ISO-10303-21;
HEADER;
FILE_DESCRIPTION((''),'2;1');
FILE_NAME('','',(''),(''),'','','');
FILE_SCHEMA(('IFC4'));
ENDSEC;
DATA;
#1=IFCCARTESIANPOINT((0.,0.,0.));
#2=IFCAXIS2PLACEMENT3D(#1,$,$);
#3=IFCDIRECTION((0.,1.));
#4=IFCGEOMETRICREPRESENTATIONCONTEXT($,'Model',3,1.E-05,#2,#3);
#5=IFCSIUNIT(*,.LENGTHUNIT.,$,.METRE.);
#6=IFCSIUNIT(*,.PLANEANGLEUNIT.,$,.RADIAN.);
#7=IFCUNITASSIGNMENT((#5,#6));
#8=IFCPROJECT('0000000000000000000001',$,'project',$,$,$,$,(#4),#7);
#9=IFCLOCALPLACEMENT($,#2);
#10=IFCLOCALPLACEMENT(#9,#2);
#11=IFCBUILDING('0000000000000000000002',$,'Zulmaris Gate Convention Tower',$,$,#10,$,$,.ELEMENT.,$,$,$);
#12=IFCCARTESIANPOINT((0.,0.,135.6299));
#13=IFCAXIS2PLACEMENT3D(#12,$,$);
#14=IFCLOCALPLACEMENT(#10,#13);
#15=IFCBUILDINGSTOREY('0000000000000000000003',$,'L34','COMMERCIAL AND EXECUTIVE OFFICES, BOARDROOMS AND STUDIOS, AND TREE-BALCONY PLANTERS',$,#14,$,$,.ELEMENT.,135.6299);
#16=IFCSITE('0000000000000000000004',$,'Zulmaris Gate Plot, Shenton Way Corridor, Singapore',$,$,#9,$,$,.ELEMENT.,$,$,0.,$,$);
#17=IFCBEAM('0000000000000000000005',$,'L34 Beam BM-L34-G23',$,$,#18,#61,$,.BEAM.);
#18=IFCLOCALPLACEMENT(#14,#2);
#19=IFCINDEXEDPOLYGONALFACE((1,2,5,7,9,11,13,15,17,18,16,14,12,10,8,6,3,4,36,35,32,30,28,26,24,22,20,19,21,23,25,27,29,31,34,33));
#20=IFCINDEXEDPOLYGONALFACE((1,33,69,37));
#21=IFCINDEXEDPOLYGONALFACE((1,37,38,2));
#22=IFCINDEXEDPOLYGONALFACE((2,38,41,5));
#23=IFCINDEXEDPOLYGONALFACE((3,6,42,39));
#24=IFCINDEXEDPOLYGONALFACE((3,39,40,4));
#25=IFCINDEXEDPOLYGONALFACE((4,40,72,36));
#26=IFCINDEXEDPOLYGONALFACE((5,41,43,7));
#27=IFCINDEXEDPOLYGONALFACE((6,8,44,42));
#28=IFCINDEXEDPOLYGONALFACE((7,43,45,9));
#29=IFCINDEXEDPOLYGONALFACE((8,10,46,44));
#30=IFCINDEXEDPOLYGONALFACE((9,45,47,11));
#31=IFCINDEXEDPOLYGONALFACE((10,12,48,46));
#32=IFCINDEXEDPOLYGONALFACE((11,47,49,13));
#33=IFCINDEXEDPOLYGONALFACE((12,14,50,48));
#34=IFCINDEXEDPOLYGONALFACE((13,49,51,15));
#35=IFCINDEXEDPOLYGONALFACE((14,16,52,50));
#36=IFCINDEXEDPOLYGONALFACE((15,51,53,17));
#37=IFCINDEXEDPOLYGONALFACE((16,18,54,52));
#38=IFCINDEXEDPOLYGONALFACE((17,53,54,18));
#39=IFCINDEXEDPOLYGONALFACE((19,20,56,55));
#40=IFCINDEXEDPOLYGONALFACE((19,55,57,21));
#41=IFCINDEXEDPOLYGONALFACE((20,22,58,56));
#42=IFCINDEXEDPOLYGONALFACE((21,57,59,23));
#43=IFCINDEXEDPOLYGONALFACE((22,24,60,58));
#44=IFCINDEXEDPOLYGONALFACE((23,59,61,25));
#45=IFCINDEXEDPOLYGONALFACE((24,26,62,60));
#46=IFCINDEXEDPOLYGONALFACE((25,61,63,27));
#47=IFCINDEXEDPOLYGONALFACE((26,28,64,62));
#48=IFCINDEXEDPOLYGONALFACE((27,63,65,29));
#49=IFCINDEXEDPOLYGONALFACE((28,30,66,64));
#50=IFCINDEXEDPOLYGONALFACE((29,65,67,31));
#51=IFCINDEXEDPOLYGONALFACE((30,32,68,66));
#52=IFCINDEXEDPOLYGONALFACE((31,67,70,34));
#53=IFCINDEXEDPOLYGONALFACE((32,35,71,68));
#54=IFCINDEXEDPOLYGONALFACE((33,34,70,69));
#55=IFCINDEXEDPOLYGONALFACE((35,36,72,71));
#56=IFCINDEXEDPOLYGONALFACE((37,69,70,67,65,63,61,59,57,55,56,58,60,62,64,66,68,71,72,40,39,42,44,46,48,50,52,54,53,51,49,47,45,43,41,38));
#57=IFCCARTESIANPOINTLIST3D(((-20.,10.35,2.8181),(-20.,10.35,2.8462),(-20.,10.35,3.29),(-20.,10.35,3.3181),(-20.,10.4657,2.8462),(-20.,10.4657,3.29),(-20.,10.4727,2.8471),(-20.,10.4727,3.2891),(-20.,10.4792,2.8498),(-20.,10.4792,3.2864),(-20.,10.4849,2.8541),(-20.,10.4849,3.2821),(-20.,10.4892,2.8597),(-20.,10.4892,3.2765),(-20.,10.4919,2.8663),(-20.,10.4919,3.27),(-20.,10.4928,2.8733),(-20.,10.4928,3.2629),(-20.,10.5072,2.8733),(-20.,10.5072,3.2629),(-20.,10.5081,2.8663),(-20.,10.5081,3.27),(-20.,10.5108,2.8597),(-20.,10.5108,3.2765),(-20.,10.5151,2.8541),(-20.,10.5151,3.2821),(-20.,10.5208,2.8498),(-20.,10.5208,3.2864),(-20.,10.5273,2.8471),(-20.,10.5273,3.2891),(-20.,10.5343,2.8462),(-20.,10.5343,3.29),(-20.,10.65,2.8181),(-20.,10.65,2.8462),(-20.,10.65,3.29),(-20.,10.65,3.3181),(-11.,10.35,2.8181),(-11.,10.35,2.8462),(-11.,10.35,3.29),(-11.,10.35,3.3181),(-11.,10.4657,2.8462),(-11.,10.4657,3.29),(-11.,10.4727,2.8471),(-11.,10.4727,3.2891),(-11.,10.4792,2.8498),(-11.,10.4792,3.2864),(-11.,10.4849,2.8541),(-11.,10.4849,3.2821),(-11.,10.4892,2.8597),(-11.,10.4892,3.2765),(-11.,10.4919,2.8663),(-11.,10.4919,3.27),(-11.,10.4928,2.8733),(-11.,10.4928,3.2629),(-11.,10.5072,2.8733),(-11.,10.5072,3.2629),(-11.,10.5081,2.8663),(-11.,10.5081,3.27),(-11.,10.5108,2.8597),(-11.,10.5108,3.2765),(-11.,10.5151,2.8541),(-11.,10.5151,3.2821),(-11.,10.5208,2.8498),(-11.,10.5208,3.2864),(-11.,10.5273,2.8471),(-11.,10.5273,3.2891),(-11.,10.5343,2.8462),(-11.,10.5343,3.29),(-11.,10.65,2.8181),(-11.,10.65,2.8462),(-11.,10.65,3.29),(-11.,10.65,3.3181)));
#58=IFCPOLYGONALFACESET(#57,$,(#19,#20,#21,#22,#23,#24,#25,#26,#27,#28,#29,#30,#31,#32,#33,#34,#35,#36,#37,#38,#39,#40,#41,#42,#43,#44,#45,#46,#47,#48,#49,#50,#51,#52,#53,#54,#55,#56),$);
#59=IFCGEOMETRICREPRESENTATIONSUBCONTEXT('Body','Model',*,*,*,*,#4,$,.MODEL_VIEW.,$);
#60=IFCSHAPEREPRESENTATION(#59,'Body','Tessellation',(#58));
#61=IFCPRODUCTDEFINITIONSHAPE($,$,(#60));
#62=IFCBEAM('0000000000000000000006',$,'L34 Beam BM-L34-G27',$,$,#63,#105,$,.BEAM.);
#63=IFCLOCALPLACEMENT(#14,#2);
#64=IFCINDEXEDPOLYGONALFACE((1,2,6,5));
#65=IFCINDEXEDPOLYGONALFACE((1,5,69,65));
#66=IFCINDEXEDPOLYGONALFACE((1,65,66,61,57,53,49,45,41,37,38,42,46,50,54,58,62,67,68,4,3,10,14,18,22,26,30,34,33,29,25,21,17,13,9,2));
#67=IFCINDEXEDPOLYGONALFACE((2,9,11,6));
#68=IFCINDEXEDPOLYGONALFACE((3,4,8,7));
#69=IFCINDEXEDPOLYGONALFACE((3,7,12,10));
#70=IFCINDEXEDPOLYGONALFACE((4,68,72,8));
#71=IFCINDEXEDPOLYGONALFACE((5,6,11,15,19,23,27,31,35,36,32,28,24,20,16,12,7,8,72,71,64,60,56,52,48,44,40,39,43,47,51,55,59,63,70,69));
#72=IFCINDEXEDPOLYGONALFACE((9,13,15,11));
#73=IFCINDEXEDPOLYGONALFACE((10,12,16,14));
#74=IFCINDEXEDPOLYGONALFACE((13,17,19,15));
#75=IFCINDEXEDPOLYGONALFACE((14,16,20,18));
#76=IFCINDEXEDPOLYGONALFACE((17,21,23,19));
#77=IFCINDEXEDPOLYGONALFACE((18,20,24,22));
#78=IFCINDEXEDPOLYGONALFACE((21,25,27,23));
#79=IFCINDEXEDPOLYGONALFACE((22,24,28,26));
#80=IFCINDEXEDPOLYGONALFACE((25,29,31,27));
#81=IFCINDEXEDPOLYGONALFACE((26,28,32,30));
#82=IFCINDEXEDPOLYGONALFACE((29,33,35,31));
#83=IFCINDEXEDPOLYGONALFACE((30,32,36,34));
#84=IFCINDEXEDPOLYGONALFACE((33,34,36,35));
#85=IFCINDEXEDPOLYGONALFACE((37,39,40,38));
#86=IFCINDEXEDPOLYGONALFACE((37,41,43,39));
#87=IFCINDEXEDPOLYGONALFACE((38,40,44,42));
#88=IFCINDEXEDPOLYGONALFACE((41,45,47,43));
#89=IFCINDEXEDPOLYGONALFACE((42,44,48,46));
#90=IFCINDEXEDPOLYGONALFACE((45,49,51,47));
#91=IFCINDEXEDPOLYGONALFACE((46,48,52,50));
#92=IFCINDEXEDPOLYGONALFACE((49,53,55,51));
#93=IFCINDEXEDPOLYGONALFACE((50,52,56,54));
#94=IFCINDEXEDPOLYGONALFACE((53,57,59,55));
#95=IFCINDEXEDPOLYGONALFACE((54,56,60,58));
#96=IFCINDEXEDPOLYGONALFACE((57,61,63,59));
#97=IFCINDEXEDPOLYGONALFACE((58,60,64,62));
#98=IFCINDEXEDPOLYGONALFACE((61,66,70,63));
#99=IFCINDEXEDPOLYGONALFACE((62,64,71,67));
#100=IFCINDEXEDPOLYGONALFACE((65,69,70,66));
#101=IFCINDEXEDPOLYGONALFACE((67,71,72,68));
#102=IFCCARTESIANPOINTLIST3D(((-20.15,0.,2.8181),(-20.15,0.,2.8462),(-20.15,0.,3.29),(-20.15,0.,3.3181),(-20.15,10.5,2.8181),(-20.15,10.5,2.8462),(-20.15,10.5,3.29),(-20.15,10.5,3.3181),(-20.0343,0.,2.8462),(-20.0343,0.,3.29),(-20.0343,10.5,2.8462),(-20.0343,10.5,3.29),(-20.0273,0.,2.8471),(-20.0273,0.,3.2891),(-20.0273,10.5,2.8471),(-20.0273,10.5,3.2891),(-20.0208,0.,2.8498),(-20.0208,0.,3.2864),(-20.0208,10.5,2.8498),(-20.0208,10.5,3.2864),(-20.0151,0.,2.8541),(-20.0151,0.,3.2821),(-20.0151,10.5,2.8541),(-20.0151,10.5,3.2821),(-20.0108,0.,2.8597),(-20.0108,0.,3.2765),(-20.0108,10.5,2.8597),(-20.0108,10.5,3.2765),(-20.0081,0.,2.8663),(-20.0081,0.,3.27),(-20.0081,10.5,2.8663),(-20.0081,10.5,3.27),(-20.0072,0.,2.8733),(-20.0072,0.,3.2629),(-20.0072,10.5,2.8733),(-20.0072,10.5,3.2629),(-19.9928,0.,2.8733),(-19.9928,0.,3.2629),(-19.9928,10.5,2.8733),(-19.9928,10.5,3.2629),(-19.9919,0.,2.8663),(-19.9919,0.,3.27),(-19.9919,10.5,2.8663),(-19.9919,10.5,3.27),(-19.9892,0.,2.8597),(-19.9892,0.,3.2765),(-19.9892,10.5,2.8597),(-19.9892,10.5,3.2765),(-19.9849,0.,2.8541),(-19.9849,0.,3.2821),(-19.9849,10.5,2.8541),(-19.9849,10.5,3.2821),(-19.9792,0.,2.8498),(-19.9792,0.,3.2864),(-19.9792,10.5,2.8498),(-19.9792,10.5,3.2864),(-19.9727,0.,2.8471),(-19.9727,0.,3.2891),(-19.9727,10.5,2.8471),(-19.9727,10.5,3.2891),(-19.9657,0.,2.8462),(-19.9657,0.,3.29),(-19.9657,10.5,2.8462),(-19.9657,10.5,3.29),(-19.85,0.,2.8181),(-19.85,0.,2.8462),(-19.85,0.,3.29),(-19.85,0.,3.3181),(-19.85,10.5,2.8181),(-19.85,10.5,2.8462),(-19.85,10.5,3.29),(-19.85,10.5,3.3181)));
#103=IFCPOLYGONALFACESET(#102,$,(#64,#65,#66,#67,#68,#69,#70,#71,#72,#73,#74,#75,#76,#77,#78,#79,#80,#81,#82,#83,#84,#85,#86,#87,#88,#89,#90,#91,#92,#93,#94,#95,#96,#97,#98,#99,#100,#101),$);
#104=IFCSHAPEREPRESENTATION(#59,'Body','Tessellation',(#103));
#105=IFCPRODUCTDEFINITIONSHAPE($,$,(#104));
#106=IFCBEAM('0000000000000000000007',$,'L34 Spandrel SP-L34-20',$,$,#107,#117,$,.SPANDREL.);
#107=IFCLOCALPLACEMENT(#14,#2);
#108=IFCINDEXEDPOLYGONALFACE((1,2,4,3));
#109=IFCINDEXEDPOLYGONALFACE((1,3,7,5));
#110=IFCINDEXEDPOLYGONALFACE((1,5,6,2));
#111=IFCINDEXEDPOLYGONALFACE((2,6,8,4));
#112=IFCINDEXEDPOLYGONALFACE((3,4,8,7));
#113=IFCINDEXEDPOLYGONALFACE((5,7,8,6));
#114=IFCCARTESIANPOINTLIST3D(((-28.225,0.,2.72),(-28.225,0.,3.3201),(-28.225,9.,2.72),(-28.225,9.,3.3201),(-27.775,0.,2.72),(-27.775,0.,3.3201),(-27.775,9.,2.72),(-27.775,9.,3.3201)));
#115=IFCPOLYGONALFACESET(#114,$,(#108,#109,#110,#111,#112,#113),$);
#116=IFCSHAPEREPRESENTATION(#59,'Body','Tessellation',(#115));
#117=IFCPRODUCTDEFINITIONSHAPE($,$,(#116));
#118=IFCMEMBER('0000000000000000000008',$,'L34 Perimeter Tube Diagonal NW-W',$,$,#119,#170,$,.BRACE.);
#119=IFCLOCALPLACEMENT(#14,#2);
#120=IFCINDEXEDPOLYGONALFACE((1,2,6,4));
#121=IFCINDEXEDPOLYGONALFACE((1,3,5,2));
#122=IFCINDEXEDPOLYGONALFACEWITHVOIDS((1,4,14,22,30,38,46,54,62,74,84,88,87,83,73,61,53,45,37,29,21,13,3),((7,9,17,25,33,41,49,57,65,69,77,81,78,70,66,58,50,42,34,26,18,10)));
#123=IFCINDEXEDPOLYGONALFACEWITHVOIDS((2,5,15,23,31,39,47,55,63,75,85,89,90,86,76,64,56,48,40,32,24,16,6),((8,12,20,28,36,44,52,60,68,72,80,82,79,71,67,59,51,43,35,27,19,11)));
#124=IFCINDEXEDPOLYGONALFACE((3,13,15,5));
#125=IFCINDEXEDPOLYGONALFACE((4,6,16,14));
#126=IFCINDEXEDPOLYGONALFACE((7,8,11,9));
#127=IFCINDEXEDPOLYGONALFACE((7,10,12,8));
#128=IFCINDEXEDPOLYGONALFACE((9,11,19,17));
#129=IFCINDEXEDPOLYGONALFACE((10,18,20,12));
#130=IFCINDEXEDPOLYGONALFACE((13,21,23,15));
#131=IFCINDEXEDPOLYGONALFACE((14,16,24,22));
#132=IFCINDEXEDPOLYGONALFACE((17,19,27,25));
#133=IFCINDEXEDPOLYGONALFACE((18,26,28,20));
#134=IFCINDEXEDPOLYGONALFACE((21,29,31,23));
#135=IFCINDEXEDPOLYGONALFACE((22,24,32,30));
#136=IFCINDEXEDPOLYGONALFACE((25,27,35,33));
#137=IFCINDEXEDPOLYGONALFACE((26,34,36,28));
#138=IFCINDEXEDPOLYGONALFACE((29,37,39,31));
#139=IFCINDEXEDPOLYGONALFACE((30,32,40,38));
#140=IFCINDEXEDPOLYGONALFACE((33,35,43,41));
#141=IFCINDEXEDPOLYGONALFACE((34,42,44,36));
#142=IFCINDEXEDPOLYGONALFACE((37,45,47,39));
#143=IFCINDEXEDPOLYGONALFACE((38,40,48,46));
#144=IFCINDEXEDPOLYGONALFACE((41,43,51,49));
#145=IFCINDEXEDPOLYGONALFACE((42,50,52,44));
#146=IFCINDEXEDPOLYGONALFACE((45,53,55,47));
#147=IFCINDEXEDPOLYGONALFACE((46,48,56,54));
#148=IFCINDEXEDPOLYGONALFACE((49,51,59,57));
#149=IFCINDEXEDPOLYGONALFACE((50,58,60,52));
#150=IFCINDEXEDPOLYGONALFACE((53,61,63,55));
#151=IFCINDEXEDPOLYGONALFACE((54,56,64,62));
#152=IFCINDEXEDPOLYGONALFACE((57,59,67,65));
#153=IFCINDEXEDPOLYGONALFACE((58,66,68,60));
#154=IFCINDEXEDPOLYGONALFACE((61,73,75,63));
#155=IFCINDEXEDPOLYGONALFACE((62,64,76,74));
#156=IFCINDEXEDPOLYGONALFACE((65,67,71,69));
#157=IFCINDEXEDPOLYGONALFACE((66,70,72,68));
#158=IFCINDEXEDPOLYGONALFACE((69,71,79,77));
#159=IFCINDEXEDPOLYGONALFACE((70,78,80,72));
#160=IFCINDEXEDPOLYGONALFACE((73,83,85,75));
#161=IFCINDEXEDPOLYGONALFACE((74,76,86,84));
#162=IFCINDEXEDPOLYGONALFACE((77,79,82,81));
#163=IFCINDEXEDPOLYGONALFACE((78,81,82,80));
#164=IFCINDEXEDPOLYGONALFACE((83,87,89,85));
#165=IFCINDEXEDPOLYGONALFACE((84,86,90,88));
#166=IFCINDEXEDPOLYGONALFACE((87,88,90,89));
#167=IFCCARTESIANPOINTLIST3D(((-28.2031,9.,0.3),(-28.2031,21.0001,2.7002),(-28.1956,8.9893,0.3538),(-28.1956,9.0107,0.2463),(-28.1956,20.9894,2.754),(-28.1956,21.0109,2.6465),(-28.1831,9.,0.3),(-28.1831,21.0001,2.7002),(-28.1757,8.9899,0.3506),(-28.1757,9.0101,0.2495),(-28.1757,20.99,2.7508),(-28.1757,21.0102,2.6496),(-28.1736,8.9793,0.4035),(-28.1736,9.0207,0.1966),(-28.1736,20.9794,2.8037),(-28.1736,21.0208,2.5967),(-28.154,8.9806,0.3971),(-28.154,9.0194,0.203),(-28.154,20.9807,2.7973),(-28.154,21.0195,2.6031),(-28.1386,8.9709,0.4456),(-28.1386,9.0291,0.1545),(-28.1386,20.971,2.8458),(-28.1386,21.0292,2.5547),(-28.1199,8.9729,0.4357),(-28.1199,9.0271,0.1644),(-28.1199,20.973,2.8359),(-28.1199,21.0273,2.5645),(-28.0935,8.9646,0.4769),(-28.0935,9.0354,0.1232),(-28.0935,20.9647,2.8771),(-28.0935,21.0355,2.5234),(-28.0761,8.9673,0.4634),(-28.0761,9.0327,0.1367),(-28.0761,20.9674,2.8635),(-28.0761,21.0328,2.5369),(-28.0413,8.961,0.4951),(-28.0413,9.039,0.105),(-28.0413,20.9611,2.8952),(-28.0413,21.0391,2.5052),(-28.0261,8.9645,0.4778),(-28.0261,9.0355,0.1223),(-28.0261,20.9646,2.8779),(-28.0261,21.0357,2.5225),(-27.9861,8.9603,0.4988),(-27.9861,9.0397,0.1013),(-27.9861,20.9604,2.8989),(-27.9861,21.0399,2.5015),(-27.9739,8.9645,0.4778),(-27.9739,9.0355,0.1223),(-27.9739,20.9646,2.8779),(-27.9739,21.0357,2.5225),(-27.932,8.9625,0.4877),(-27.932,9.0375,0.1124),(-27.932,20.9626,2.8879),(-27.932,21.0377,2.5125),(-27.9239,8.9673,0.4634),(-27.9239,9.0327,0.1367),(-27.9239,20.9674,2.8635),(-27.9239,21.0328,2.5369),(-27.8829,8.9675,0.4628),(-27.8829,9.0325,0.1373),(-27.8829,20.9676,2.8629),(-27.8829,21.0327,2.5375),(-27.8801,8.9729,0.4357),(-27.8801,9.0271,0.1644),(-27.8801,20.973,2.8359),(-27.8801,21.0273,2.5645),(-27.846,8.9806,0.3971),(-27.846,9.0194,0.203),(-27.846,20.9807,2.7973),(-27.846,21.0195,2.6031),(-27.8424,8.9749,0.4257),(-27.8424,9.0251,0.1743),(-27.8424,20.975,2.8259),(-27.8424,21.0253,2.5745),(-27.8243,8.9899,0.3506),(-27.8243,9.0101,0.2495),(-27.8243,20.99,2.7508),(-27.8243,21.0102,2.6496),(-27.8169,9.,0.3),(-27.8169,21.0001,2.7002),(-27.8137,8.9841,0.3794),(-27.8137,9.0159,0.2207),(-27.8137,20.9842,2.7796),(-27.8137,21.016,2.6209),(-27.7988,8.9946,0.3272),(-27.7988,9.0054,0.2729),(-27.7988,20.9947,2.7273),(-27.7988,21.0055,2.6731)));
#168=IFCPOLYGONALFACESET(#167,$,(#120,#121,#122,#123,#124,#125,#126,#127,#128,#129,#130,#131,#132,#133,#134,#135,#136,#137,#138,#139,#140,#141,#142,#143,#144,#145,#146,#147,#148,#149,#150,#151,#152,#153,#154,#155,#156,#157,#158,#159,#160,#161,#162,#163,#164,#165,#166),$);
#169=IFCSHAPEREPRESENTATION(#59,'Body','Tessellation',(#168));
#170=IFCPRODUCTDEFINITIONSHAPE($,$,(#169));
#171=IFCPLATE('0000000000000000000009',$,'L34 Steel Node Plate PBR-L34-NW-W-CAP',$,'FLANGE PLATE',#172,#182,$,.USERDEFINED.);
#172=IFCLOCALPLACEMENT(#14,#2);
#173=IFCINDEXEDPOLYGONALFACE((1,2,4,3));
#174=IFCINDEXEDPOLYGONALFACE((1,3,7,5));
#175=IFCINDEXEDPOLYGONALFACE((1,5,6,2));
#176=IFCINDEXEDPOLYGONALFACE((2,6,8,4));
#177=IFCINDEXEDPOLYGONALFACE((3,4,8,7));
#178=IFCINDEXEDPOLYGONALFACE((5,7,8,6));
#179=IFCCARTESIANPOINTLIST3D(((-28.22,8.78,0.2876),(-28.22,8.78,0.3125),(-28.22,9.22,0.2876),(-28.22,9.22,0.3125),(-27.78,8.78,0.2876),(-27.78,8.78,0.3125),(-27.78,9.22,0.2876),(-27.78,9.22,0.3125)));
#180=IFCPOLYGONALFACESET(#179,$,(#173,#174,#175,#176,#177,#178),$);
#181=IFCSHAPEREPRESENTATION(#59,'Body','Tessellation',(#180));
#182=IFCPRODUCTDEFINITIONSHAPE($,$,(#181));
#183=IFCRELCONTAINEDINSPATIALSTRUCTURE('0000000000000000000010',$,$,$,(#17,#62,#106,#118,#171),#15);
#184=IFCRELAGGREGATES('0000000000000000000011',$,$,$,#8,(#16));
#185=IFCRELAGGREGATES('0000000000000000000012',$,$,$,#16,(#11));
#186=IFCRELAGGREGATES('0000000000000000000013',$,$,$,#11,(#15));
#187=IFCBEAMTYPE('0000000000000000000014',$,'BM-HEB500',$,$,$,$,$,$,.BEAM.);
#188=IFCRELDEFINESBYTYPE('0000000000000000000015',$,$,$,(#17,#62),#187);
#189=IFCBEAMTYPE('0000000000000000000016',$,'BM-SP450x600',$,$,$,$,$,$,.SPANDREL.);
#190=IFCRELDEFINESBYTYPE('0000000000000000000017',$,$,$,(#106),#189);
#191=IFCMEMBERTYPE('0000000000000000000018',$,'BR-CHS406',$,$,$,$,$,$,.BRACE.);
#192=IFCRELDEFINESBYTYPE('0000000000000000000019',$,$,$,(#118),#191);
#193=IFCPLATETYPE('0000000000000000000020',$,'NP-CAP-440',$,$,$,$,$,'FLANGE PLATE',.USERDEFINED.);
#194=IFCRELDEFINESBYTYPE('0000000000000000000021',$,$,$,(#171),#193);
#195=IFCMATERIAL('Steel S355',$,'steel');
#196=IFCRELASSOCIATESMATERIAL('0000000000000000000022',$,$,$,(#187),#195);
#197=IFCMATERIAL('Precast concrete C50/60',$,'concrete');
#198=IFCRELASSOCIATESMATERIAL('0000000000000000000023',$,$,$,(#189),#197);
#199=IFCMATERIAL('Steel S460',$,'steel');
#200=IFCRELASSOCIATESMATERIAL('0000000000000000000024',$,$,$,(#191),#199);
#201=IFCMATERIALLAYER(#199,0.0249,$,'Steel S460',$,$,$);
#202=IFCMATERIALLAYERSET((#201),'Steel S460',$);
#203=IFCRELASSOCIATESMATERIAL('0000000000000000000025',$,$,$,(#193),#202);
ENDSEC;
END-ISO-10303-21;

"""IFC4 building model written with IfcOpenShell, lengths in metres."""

from ifc_helpers import new_model, si_unit, direction, frame, origin, origin_2d, place, context, subcontext, project, spatial, rectangle, hollow_circle, i_section, extrude, material, layer, layer_set, material_profile, profile_set, type_object, element, save


model = new_model("IFC4")

# Units and contexts
model_context = context("Model", 3, precision=1e-05, world=origin(), true_north=direction((0.0, 1.0)))
body_context = subcontext(model_context, "Body", "Model", "MODEL_VIEW")
ifc_project = project(units=[si_unit("LENGTHUNIT", "METRE"), si_unit("PLANEANGLEUNIT", "RADIAN")], contexts=[model_context])

# Site, building, storey
site_placement = place(None, origin())
site = spatial("IfcSite", under=ifc_project, at=site_placement, Name="Zulmaris Gate Plot, Shenton Way Corridor, Singapore", CompositionType="ELEMENT", RefElevation=0.0)
building_placement = place(site_placement, origin())
building = spatial("IfcBuilding", under=site, at=building_placement, Name="Zulmaris Gate Convention Tower", CompositionType="ELEMENT")
storey_placement = place(building_placement, frame((0.0, 0.0, 135.6299)))
storey = spatial("IfcBuildingStorey", under=building, at=storey_placement, Name="L34", Description="COMMERCIAL AND EXECUTIVE OFFICES, BOARDROOMS AND STUDIOS, AND TREE-BALCONY PLANTERS", CompositionType="ELEMENT", Elevation=135.6299)

# Beams
ifc_material_1 = material(Name="Steel S355", Category="steel")
ifc_material_profile_1 = material_profile(ifc_material_1, i_section(OverallWidth=0.3, OverallDepth=0.5, WebThickness=0.0144, FlangeThickness=0.0281, FilletRadius=0.0271, at=origin_2d()), Name="HEB 500")
ifc_profile_set_1 = profile_set([ifc_material_profile_1], Name="Steel S355")
beam_type_1 = type_object("IfcBeamType", Name="BM-HEB500", PredefinedType="BEAM", material=ifc_profile_set_1)
beam_1_placement = place(storey_placement, frame((-20.0, 10.5, 3.0681), z_axis=(1.0, 0.0, 0.0), x_axis=(0.0, 1.0, 0.0)))
element("IfcBeam", 1, at=beam_1_placement, inside=storey, type_object=beam_type_1, Name="L34 Beam BM-L34-G23", PredefinedType="BEAM", context=body_context, shape_type="SweptSolid", body=[
    extrude(i_section(OverallWidth=0.3, OverallDepth=0.5, WebThickness=0.0144, FlangeThickness=0.0281, FilletRadius=0.0271, at=origin_2d()), origin(), (0.0, 0.0, 1.0), 9.0),
])
beam_2_placement = place(storey_placement, frame((-20.0, 0.0, 3.0681), z_axis=(0.0, 1.0, 0.0), x_axis=(-1.0, 0.0, 0.0)))
element("IfcBeam", 2, at=beam_2_placement, inside=storey, type_object=beam_type_1, Name="L34 Beam BM-L34-G27", PredefinedType="BEAM", context=body_context, shape_type="SweptSolid", body=[
    extrude(i_section(OverallWidth=0.3, OverallDepth=0.5, WebThickness=0.0144, FlangeThickness=0.0281, FilletRadius=0.0271, at=origin_2d()), origin(), (0.0, 0.0, 1.0), 10.5),
])
ifc_material_2 = material(Name="Precast concrete C50/60", Category="concrete")
ifc_material_profile_2 = material_profile(ifc_material_2, rectangle(XDim=0.45, YDim=0.6001, at=origin_2d()), Name="RC SPANDREL 450x600")
ifc_profile_set_2 = profile_set([ifc_material_profile_2], Name="Precast concrete C50/60")
beam_type_2 = type_object("IfcBeamType", Name="BM-SP450x600", PredefinedType="SPANDREL", material=ifc_profile_set_2)
beam_3_placement = place(storey_placement, frame((-28.0, 9.0, 3.02), z_axis=(0.0, -1.0, 0.0), x_axis=(1.0, 0.0, 0.0)))
element("IfcBeam", 3, at=beam_3_placement, inside=storey, type_object=beam_type_2, Name="L34 Spandrel SP-L34-20", PredefinedType="SPANDREL", context=body_context, shape_type="SweptSolid", body=[
    extrude(rectangle(XDim=0.45, YDim=0.6001, at=origin_2d()), origin(), (0.0, 0.0, 1.0), 9.0),
])

# Member
ifc_material_3 = material(Name="Steel S460", Category="steel")
ifc_material_profile_3 = material_profile(ifc_material_3, hollow_circle(Radius=0.2031, WallThickness=0.02, at=origin_2d()), Name="CHS 406.4x20")
ifc_profile_set_3 = profile_set([ifc_material_profile_3], Name="Steel S460")
member_type = type_object("IfcMemberType", Name="BR-CHS406", PredefinedType="BRACE", material=ifc_profile_set_3)
member_placement = place(storey_placement, frame((-28.0, 9.0, 0.3), z_axis=(0.0, 0.980578, 0.196128), x_axis=(-1.0, 0.0, 0.0)))
element("IfcMember", 4, at=member_placement, inside=storey, type_object=member_type, Name="L34 Perimeter Tube Diagonal NW-W", PredefinedType="BRACE", context=body_context, shape_type="SweptSolid", body=[
    extrude(hollow_circle(Radius=0.2031, WallThickness=0.02, at=origin_2d()), origin(), (0.0, 0.0, 1.0), 12.2378),
])

# Plate
ifc_layer_1 = layer(ifc_material_3, 0.0249, Name="Steel S460")
ifc_layer_set_1 = layer_set([ifc_layer_1], Name="Steel S460")
plate_type = type_object("IfcPlateType", Name="NP-CAP-440", ElementType="FLANGE PLATE", PredefinedType="USERDEFINED", material=ifc_layer_set_1)
plate_placement = place(storey_placement, frame((-28.0, 9.0, 0.2876), z_axis=(0.0, 0.0, 1.0), x_axis=(1.0, 0.0, 0.0)))
element("IfcPlate", 5, at=plate_placement, inside=storey, type_object=plate_type, Name="L34 Steel Node Plate PBR-L34-NW-W-CAP", ObjectType="FLANGE PLATE", PredefinedType="USERDEFINED", context=body_context, shape_type="SweptSolid", body=[
    extrude(rectangle(XDim=0.4399, YDim=0.4399, at=origin_2d()), origin(), (0.0, 0.0, 1.0), 0.0249),
])

save(model, "model.ifc")
